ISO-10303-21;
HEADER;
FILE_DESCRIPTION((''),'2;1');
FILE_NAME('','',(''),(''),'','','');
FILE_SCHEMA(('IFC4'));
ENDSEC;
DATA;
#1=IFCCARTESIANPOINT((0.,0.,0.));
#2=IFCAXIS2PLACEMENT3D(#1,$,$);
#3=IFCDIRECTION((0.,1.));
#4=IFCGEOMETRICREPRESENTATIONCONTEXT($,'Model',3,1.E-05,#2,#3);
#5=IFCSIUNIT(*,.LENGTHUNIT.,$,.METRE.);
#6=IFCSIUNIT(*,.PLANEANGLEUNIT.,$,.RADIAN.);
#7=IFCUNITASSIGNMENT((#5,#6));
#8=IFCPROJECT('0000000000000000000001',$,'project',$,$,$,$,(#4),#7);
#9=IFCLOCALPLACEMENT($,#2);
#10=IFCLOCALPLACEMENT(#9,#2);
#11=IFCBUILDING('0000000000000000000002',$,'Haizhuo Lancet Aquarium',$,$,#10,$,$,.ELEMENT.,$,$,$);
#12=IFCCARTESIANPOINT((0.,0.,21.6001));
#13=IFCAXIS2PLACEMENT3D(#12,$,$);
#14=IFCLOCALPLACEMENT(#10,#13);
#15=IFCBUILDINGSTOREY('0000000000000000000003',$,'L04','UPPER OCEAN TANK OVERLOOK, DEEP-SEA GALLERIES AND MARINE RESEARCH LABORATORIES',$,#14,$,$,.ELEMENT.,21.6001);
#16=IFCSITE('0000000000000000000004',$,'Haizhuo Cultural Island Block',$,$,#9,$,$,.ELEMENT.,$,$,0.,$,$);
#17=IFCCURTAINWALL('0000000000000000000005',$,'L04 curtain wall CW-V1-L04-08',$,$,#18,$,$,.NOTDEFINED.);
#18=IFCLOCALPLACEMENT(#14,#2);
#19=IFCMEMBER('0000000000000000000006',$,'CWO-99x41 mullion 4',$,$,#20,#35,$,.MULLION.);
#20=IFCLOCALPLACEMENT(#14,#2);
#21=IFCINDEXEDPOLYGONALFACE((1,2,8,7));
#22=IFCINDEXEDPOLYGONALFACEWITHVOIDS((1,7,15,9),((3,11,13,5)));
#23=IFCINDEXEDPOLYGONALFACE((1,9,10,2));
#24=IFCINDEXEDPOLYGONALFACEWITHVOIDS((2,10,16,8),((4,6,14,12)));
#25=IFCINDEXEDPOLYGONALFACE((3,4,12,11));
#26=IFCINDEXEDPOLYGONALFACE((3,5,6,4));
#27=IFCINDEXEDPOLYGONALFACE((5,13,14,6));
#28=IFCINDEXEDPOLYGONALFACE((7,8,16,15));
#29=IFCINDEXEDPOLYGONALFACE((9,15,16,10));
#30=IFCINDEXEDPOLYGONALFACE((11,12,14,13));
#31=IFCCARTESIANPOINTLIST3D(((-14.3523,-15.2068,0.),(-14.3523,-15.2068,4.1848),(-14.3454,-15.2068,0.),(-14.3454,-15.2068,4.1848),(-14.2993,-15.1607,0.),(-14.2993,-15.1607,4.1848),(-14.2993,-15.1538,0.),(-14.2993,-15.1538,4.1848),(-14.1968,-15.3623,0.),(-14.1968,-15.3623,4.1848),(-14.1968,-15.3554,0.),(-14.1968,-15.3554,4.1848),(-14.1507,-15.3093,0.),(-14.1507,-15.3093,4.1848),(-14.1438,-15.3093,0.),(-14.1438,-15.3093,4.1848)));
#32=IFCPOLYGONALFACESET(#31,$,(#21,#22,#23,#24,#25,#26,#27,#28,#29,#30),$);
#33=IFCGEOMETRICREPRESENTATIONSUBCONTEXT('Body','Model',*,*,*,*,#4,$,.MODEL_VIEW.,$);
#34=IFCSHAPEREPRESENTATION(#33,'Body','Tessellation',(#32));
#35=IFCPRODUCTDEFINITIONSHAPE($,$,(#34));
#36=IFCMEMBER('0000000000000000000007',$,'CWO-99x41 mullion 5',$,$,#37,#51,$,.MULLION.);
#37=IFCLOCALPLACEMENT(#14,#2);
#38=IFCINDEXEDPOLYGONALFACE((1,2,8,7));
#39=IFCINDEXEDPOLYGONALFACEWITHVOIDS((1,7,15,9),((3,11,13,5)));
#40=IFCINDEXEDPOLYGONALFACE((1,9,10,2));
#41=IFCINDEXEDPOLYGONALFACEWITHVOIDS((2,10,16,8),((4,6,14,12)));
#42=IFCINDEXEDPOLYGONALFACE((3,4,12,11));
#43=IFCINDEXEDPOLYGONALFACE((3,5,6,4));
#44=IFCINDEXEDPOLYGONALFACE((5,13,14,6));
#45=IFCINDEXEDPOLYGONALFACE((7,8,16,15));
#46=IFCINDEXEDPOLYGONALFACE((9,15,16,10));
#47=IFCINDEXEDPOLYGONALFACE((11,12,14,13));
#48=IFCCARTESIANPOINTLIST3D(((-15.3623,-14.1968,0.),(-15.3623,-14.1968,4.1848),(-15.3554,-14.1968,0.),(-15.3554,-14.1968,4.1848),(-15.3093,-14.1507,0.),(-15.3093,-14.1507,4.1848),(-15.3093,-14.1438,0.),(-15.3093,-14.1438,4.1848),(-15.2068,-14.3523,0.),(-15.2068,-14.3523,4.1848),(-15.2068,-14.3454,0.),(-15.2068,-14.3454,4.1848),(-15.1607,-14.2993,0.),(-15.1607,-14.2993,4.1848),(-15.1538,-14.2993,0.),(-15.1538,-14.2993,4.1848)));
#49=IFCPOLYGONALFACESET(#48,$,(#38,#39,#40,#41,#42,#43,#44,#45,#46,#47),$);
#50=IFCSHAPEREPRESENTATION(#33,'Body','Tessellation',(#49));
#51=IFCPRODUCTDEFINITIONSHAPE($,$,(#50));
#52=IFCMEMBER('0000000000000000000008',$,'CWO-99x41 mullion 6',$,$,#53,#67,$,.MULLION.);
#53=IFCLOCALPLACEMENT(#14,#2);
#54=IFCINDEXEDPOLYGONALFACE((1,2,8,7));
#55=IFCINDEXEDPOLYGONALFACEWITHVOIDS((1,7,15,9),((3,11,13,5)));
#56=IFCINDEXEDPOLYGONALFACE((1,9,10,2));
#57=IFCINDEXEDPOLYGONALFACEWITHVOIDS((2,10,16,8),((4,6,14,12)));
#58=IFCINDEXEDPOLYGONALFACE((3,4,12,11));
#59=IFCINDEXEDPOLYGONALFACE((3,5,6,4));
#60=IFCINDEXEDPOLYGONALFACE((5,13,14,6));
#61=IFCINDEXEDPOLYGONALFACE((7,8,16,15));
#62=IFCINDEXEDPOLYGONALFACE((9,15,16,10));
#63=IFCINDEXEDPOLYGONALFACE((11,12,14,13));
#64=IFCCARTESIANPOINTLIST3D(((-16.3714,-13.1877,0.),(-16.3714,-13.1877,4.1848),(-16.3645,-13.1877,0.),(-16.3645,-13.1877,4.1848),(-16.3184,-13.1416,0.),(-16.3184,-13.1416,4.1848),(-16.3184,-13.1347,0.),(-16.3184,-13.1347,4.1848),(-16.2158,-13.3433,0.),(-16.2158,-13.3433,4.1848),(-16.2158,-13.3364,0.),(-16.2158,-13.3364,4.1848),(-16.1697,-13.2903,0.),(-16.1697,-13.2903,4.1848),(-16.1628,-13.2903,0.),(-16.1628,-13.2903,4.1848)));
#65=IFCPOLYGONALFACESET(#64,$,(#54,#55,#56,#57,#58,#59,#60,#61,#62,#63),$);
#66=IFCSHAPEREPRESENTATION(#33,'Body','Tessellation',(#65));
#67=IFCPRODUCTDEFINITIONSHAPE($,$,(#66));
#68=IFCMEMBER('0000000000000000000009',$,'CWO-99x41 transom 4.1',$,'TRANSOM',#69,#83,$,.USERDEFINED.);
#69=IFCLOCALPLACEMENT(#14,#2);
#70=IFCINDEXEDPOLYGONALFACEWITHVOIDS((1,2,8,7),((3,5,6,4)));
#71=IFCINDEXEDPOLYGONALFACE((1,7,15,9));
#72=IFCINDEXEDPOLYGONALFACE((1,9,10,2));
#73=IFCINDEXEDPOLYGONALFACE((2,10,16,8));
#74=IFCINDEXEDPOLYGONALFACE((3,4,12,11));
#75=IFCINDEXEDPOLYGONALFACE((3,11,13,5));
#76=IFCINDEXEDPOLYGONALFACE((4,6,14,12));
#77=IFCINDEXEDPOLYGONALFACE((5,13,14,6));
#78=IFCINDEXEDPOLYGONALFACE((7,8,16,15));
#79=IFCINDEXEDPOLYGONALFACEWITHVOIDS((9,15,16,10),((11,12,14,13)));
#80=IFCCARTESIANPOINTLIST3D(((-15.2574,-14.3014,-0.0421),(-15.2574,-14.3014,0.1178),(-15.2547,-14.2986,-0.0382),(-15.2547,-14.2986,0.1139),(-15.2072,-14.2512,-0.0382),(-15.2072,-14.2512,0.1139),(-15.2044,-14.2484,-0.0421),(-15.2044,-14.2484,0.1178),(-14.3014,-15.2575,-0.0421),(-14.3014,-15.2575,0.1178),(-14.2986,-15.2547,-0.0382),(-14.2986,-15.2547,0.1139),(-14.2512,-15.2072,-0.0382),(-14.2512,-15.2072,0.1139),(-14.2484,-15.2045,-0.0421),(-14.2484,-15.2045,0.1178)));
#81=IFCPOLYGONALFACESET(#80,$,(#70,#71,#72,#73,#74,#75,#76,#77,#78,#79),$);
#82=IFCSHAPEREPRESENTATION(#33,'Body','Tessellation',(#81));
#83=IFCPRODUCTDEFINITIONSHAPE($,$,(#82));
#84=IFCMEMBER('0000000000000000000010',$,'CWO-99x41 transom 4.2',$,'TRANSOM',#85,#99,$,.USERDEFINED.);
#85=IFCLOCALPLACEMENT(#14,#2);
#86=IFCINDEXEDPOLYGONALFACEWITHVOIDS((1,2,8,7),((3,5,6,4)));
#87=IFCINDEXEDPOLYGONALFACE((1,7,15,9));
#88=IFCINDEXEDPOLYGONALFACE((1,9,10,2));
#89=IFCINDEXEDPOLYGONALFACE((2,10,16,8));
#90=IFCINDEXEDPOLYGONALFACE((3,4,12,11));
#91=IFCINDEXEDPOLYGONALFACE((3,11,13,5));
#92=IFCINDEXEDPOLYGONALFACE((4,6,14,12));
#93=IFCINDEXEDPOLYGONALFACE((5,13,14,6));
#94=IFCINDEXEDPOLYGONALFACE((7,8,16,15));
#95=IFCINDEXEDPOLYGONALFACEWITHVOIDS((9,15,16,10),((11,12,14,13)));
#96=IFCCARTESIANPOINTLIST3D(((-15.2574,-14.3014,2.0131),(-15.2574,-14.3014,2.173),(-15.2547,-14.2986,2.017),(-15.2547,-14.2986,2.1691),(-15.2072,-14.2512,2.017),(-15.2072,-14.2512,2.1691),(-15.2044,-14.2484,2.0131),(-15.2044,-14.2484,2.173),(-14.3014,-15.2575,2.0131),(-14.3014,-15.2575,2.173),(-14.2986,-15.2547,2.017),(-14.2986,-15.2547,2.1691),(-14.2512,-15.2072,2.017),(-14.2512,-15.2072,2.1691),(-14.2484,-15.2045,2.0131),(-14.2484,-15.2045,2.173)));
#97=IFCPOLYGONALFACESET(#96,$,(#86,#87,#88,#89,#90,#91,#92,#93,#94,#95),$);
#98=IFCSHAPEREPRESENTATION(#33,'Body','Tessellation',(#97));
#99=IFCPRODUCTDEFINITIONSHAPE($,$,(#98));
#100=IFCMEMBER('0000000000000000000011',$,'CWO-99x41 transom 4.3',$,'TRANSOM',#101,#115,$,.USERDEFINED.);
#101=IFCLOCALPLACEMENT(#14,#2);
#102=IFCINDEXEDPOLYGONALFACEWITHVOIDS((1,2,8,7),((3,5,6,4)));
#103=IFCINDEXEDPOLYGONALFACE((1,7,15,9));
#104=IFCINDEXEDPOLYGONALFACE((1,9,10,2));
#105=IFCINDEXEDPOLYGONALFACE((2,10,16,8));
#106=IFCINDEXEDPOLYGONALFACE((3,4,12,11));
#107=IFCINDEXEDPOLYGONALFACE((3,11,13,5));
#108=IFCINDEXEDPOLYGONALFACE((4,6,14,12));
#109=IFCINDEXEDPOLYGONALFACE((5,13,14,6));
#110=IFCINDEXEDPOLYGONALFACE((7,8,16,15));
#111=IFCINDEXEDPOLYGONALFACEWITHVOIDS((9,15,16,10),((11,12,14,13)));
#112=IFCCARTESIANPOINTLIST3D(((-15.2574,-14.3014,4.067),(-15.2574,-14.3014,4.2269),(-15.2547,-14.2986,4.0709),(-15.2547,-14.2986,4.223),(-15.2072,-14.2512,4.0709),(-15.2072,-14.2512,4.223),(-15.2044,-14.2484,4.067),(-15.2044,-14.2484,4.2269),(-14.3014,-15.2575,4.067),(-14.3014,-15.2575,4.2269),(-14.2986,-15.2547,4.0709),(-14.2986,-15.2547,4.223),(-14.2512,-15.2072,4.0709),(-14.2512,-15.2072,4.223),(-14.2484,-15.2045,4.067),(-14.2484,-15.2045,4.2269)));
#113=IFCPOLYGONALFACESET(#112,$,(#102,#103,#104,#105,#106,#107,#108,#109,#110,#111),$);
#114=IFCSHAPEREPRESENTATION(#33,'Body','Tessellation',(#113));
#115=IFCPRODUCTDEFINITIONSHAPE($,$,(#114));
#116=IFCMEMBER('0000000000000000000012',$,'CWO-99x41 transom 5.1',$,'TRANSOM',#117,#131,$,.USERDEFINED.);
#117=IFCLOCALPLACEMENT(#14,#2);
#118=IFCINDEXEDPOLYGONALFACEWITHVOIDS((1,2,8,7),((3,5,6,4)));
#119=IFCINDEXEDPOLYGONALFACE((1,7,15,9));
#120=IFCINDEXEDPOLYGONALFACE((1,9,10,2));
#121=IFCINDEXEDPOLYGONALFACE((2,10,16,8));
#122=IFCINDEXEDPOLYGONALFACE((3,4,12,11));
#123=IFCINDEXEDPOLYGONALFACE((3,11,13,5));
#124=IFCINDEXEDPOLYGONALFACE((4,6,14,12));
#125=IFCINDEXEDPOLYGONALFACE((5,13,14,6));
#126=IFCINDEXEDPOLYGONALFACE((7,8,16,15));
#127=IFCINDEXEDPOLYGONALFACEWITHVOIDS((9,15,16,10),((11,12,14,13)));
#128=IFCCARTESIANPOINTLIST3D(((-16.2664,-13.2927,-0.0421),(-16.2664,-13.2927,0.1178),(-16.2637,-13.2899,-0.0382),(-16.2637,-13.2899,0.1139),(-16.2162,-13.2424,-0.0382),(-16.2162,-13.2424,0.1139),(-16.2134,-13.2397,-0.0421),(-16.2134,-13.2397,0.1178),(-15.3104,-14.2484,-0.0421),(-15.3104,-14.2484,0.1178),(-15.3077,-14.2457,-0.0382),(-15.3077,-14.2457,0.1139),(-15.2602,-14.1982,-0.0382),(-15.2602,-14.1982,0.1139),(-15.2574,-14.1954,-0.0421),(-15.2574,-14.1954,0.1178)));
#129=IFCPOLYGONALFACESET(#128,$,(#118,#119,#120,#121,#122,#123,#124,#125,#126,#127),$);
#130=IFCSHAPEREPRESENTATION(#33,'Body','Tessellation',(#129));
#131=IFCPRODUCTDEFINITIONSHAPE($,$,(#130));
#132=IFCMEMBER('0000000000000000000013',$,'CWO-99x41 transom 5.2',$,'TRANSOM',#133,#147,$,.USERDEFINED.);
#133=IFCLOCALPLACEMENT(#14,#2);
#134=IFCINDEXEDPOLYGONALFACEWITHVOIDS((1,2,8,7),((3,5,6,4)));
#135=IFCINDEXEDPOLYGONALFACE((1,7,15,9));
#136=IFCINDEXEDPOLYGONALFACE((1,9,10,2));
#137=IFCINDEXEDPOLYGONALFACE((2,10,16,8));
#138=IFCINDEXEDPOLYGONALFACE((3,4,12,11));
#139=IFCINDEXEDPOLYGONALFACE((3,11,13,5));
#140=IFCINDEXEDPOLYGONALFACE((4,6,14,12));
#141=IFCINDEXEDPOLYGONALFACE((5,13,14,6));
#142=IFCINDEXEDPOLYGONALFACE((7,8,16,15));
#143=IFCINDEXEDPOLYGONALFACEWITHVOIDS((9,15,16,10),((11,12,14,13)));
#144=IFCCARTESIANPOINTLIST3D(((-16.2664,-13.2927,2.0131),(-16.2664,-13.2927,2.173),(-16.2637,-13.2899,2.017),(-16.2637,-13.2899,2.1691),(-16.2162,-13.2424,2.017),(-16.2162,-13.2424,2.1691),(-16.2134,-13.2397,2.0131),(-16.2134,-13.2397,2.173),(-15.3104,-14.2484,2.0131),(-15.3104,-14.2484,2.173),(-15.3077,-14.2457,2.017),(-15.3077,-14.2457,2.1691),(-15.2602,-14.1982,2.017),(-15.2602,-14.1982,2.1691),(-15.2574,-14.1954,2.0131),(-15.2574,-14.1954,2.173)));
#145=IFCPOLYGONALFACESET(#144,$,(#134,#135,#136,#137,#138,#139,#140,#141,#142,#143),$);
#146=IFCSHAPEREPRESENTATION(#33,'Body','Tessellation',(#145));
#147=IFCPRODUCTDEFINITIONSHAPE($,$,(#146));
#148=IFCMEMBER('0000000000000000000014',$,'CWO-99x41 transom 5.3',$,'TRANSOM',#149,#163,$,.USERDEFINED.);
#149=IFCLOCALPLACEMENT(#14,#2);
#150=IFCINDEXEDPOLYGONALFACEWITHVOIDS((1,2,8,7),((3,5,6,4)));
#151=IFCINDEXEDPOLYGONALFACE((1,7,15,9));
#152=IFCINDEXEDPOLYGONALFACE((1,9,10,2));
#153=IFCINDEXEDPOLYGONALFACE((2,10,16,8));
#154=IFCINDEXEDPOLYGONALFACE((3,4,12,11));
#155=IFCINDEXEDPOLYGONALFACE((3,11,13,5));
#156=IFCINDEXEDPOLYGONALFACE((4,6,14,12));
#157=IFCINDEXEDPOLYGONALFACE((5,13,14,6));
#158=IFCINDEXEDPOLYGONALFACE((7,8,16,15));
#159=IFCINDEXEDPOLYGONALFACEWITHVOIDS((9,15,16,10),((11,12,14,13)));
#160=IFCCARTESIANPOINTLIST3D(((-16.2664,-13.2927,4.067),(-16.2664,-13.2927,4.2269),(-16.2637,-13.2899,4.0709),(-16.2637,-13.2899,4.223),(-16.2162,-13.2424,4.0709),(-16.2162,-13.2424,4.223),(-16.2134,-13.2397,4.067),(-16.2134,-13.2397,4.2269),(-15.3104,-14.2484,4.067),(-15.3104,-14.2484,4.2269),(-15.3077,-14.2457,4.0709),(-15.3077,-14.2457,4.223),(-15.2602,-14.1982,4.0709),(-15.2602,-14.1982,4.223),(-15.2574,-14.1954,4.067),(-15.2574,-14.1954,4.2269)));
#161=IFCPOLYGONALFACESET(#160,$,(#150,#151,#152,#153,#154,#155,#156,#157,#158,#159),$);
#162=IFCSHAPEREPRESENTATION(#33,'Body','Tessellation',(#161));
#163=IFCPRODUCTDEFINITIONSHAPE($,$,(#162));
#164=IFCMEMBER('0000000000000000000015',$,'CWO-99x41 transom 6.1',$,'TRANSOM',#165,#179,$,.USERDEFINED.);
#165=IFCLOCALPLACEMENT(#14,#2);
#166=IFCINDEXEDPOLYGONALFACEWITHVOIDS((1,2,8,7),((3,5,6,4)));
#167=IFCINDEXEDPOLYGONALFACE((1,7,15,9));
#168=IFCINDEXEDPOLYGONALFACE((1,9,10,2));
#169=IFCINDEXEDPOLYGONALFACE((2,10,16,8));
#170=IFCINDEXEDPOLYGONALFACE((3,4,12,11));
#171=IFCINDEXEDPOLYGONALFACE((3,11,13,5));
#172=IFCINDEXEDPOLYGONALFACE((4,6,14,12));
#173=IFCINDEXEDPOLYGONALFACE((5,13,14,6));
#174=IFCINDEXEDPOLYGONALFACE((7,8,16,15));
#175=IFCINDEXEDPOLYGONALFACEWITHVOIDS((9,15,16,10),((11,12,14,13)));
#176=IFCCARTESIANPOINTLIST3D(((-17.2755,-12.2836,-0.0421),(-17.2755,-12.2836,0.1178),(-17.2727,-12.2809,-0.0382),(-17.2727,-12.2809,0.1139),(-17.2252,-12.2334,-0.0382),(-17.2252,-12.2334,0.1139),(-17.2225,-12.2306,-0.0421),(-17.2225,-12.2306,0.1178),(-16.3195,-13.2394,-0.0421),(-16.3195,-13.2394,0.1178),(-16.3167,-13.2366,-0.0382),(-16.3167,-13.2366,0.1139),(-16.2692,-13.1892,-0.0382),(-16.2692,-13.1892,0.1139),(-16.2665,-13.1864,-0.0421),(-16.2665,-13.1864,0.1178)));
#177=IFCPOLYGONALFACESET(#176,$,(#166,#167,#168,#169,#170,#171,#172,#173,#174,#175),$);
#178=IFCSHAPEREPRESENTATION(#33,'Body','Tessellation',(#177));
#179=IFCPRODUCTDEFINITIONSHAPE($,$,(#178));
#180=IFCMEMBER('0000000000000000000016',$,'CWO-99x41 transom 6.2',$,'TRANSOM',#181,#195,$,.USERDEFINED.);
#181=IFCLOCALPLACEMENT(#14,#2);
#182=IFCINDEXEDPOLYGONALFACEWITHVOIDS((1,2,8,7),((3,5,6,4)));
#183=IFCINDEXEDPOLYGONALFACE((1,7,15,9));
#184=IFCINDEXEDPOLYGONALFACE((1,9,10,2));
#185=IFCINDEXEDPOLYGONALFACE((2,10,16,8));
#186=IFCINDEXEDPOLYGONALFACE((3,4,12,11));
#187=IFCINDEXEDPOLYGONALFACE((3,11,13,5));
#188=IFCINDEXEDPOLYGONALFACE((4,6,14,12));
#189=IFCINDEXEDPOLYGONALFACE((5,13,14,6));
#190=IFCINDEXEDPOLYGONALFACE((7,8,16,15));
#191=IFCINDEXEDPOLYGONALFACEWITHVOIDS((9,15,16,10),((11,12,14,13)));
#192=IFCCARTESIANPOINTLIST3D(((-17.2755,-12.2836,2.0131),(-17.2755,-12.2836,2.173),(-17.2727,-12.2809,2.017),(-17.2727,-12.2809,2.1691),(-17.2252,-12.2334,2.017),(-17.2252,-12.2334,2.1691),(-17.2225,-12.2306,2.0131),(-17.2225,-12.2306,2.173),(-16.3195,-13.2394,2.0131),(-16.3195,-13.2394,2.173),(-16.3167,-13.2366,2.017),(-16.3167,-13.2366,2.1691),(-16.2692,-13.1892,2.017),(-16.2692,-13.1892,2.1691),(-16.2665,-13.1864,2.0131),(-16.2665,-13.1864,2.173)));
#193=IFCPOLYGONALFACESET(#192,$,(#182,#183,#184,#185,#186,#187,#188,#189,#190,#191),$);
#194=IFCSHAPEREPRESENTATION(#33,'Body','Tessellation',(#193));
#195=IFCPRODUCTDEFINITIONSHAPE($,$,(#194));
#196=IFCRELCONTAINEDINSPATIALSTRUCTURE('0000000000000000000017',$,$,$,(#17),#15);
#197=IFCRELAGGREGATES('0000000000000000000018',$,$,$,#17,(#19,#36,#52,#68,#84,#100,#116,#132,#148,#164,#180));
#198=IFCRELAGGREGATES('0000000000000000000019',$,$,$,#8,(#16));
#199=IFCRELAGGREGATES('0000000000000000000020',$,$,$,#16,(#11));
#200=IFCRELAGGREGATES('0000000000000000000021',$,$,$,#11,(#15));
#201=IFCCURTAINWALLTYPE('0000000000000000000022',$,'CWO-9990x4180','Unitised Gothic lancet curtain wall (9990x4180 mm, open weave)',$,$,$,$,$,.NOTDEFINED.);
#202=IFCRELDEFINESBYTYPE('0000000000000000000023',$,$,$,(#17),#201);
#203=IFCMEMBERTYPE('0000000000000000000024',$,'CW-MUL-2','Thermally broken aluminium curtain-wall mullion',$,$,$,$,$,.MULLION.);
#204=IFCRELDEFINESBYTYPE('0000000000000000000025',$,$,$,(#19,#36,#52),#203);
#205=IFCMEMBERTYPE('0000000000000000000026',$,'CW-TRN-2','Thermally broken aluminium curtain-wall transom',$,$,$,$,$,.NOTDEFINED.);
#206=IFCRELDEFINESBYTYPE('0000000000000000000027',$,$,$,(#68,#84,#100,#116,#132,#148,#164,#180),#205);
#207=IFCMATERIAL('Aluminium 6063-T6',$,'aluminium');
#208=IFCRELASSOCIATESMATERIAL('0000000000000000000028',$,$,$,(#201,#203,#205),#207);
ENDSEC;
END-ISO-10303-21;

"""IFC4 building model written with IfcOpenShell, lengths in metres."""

from ifc_helpers import new_model, si_unit, direction, frame, origin, origin_2d, place, context, subcontext, project, spatial, hollow_rectangle, extrude, material, material_profile, profile_set, type_object, element, aggregate, save


model = new_model("IFC4")

# Units and contexts
model_context = context("Model", 3, precision=1e-05, world=origin(), true_north=direction((0.0, 1.0)))
body_context = subcontext(model_context, "Body", "Model", "MODEL_VIEW")
ifc_project = project(units=[si_unit("LENGTHUNIT", "METRE"), si_unit("PLANEANGLEUNIT", "RADIAN")], contexts=[model_context])

# Site, building, storey
site_placement = place(None, origin())
site = spatial("IfcSite", under=ifc_project, at=site_placement, Name="Haizhuo Cultural Island Block", CompositionType="ELEMENT", RefElevation=0.0)
building_placement = place(site_placement, origin())
building = spatial("IfcBuilding", under=site, at=building_placement, Name="Haizhuo Lancet Aquarium", CompositionType="ELEMENT")
storey_placement = place(building_placement, frame((0.0, 0.0, 21.6001)))
storey = spatial("IfcBuildingStorey", under=building, at=storey_placement, Name="L04", Description="UPPER OCEAN TANK OVERLOOK, DEEP-SEA GALLERIES AND MARINE RESEARCH LABORATORIES", CompositionType="ELEMENT", Elevation=21.6001)

# Curtain wall, members
ifc_material_1 = material(Name="Aluminium 6063-T6", Category="aluminium")
curtain_wall_type = type_object("IfcCurtainWallType", Name="CWO-9990x4180", Description="Unitised Gothic lancet curtain wall (9990x4180 mm, open weave)", PredefinedType="NOTDEFINED", material=ifc_material_1)
curtain_wall_placement = place(storey_placement, origin())
curtain_wall = element("IfcCurtainWall", 1, at=curtain_wall_placement, inside=storey, type_object=curtain_wall_type, Name="L04 curtain wall CW-V1-L04-08", PredefinedType="NOTDEFINED")
ifc_material_profile_1 = material_profile(ifc_material_1, hollow_rectangle(XDim=0.075, YDim=0.22, WallThickness=0.0049, at=origin_2d()), Name="ALU-M 75x220x5")
ifc_profile_set_1 = profile_set([ifc_material_profile_1], Name="Aluminium 6063-T6")
member_type_1 = type_object("IfcMemberType", Name="CW-MUL-2", Description="Thermally broken aluminium curtain-wall mullion", PredefinedType="MULLION", material=ifc_profile_set_1)
member_1_placement = place(storey_placement, frame((-14.248, -15.2581, 0.0), z_axis=(0.0, 0.0, 1.0), x_axis=(-0.707107, -0.707107, 0.0)))
member_1 = element("IfcMember", 2, at=member_1_placement, type_object=member_type_1, Name="CWO-99x41 mullion 4", PredefinedType="MULLION", context=body_context, shape_type="SweptSolid", body=[
    extrude(hollow_rectangle(XDim=0.075, YDim=0.22, WallThickness=0.0049, at=origin_2d()), origin(), (0.0, 0.0, 1.0), 4.1848),
])
member_2_placement = place(storey_placement, frame((-15.2581, -14.248, 0.0), z_axis=(0.0, 0.0, 1.0), x_axis=(-0.707107, -0.707107, 0.0)))
member_2 = element("IfcMember", 3, at=member_2_placement, type_object=member_type_1, Name="CWO-99x41 mullion 5", PredefinedType="MULLION", context=body_context, shape_type="SweptSolid", body=[
    extrude(hollow_rectangle(XDim=0.075, YDim=0.22, WallThickness=0.0049, at=origin_2d()), origin(), (0.0, 0.0, 1.0), 4.1848),
])
member_3_placement = place(storey_placement, frame((-16.2671, -13.239, 0.0), z_axis=(0.0, 0.0, 1.0), x_axis=(-0.707107, -0.707107, 0.0)))
member_3 = element("IfcMember", 4, at=member_3_placement, type_object=member_type_1, Name="CWO-99x41 mullion 6", PredefinedType="MULLION", context=body_context, shape_type="SweptSolid", body=[
    extrude(hollow_rectangle(XDim=0.075, YDim=0.22, WallThickness=0.0049, at=origin_2d()), origin(), (0.0, 0.0, 1.0), 4.1848),
])
ifc_material_profile_2 = material_profile(ifc_material_1, hollow_rectangle(XDim=0.075, YDim=0.1599, WallThickness=0.0039, at=origin_2d()), Name="ALU-T 75x160x4")
ifc_profile_set_2 = profile_set([ifc_material_profile_2], Name="Aluminium 6063-T6")
member_type_2 = type_object("IfcMemberType", Name="CW-TRN-2", Description="Thermally broken aluminium curtain-wall transom", PredefinedType="NOTDEFINED", material=ifc_profile_set_2)
member_4_placement = place(storey_placement, frame((-14.2749, -15.231, 0.0378), z_axis=(-0.707107, 0.707107, 0.0), x_axis=(-0.707107, -0.707107, 0.0)))
member_4 = element("IfcMember", 5, at=member_4_placement, type_object=member_type_2, Name="CWO-99x41 transom 4.1", ObjectType="TRANSOM", PredefinedType="USERDEFINED", context=body_context, shape_type="SweptSolid", body=[
    extrude(hollow_rectangle(XDim=0.075, YDim=0.1599, WallThickness=0.0039, at=origin_2d()), origin(), (0.0, 0.0, 1.0), 1.3521),
])
member_5_placement = place(storey_placement, frame((-14.2749, -15.231, 2.093), z_axis=(-0.707107, 0.707107, 0.0), x_axis=(-0.707107, -0.707107, 0.0)))
member_5 = element("IfcMember", 6, at=member_5_placement, type_object=member_type_2, Name="CWO-99x41 transom 4.2", ObjectType="TRANSOM", PredefinedType="USERDEFINED", context=body_context, shape_type="SweptSolid", body=[
    extrude(hollow_rectangle(XDim=0.075, YDim=0.1599, WallThickness=0.0039, at=origin_2d()), origin(), (0.0, 0.0, 1.0), 1.3521),
])
member_6_placement = place(storey_placement, frame((-14.2749, -15.231, 4.147), z_axis=(-0.707107, 0.707107, 0.0), x_axis=(-0.707107, -0.707107, 0.0)))
member_6 = element("IfcMember", 7, at=member_6_placement, type_object=member_type_2, Name="CWO-99x41 transom 4.3", ObjectType="TRANSOM", PredefinedType="USERDEFINED", context=body_context, shape_type="SweptSolid", body=[
    extrude(hollow_rectangle(XDim=0.075, YDim=0.1599, WallThickness=0.0039, at=origin_2d()), origin(), (0.0, 0.0, 1.0), 1.3521),
])
member_7_placement = place(storey_placement, frame((-15.2839, -14.2219, 0.0378), z_axis=(-0.707197, 0.707016, 0.0), x_axis=(-0.707016, -0.707197, 0.0)))
member_7 = element("IfcMember", 8, at=member_7_placement, type_object=member_type_2, Name="CWO-99x41 transom 5.1", ObjectType="TRANSOM", PredefinedType="USERDEFINED", context=body_context, shape_type="SweptSolid", body=[
    extrude(hollow_rectangle(XDim=0.075, YDim=0.1599, WallThickness=0.0039, at=origin_2d()), origin(), (0.0, 0.0, 1.0), 1.3518),
])
member_8_placement = place(storey_placement, frame((-15.2839, -14.2219, 2.093), z_axis=(-0.707197, 0.707016, 0.0), x_axis=(-0.707016, -0.707197, 0.0)))
member_8 = element("IfcMember", 9, at=member_8_placement, type_object=member_type_2, Name="CWO-99x41 transom 5.2", ObjectType="TRANSOM", PredefinedType="USERDEFINED", context=body_context, shape_type="SweptSolid", body=[
    extrude(hollow_rectangle(XDim=0.075, YDim=0.1599, WallThickness=0.0039, at=origin_2d()), origin(), (0.0, 0.0, 1.0), 1.3518),
])
member_9_placement = place(storey_placement, frame((-15.2839, -14.2219, 4.147), z_axis=(-0.707197, 0.707016, 0.0), x_axis=(-0.707016, -0.707197, 0.0)))
member_9 = element("IfcMember", 10, at=member_9_placement, type_object=member_type_2, Name="CWO-99x41 transom 5.3", ObjectType="TRANSOM", PredefinedType="USERDEFINED", context=body_context, shape_type="SweptSolid", body=[
    extrude(hollow_rectangle(XDim=0.075, YDim=0.1599, WallThickness=0.0039, at=origin_2d()), origin(), (0.0, 0.0, 1.0), 1.3518),
])
member_10_placement = place(storey_placement, frame((-16.293, -13.2129, 0.0378), z_axis=(-0.707197, 0.707016, 0.0), x_axis=(-0.707016, -0.707197, 0.0)))
member_10 = element("IfcMember", 11, at=member_10_placement, type_object=member_type_2, Name="CWO-99x41 transom 6.1", ObjectType="TRANSOM", PredefinedType="USERDEFINED", context=body_context, shape_type="SweptSolid", body=[
    extrude(hollow_rectangle(XDim=0.075, YDim=0.1599, WallThickness=0.0039, at=origin_2d()), origin(), (0.0, 0.0, 1.0), 1.3518),
])
member_11_placement = place(storey_placement, frame((-16.293, -13.2129, 2.093), z_axis=(-0.707197, 0.707016, 0.0), x_axis=(-0.707016, -0.707197, 0.0)))
member_11 = element("IfcMember", 12, at=member_11_placement, type_object=member_type_2, Name="CWO-99x41 transom 6.2", ObjectType="TRANSOM", PredefinedType="USERDEFINED", context=body_context, shape_type="SweptSolid", body=[
    extrude(hollow_rectangle(XDim=0.075, YDim=0.1599, WallThickness=0.0039, at=origin_2d()), origin(), (0.0, 0.0, 1.0), 1.3518),
])

aggregate(curtain_wall, [member_1, member_2, member_3, member_4, member_5, member_6, member_7, member_8, member_9, member_10, member_11])

save(model, "model.ifc")
